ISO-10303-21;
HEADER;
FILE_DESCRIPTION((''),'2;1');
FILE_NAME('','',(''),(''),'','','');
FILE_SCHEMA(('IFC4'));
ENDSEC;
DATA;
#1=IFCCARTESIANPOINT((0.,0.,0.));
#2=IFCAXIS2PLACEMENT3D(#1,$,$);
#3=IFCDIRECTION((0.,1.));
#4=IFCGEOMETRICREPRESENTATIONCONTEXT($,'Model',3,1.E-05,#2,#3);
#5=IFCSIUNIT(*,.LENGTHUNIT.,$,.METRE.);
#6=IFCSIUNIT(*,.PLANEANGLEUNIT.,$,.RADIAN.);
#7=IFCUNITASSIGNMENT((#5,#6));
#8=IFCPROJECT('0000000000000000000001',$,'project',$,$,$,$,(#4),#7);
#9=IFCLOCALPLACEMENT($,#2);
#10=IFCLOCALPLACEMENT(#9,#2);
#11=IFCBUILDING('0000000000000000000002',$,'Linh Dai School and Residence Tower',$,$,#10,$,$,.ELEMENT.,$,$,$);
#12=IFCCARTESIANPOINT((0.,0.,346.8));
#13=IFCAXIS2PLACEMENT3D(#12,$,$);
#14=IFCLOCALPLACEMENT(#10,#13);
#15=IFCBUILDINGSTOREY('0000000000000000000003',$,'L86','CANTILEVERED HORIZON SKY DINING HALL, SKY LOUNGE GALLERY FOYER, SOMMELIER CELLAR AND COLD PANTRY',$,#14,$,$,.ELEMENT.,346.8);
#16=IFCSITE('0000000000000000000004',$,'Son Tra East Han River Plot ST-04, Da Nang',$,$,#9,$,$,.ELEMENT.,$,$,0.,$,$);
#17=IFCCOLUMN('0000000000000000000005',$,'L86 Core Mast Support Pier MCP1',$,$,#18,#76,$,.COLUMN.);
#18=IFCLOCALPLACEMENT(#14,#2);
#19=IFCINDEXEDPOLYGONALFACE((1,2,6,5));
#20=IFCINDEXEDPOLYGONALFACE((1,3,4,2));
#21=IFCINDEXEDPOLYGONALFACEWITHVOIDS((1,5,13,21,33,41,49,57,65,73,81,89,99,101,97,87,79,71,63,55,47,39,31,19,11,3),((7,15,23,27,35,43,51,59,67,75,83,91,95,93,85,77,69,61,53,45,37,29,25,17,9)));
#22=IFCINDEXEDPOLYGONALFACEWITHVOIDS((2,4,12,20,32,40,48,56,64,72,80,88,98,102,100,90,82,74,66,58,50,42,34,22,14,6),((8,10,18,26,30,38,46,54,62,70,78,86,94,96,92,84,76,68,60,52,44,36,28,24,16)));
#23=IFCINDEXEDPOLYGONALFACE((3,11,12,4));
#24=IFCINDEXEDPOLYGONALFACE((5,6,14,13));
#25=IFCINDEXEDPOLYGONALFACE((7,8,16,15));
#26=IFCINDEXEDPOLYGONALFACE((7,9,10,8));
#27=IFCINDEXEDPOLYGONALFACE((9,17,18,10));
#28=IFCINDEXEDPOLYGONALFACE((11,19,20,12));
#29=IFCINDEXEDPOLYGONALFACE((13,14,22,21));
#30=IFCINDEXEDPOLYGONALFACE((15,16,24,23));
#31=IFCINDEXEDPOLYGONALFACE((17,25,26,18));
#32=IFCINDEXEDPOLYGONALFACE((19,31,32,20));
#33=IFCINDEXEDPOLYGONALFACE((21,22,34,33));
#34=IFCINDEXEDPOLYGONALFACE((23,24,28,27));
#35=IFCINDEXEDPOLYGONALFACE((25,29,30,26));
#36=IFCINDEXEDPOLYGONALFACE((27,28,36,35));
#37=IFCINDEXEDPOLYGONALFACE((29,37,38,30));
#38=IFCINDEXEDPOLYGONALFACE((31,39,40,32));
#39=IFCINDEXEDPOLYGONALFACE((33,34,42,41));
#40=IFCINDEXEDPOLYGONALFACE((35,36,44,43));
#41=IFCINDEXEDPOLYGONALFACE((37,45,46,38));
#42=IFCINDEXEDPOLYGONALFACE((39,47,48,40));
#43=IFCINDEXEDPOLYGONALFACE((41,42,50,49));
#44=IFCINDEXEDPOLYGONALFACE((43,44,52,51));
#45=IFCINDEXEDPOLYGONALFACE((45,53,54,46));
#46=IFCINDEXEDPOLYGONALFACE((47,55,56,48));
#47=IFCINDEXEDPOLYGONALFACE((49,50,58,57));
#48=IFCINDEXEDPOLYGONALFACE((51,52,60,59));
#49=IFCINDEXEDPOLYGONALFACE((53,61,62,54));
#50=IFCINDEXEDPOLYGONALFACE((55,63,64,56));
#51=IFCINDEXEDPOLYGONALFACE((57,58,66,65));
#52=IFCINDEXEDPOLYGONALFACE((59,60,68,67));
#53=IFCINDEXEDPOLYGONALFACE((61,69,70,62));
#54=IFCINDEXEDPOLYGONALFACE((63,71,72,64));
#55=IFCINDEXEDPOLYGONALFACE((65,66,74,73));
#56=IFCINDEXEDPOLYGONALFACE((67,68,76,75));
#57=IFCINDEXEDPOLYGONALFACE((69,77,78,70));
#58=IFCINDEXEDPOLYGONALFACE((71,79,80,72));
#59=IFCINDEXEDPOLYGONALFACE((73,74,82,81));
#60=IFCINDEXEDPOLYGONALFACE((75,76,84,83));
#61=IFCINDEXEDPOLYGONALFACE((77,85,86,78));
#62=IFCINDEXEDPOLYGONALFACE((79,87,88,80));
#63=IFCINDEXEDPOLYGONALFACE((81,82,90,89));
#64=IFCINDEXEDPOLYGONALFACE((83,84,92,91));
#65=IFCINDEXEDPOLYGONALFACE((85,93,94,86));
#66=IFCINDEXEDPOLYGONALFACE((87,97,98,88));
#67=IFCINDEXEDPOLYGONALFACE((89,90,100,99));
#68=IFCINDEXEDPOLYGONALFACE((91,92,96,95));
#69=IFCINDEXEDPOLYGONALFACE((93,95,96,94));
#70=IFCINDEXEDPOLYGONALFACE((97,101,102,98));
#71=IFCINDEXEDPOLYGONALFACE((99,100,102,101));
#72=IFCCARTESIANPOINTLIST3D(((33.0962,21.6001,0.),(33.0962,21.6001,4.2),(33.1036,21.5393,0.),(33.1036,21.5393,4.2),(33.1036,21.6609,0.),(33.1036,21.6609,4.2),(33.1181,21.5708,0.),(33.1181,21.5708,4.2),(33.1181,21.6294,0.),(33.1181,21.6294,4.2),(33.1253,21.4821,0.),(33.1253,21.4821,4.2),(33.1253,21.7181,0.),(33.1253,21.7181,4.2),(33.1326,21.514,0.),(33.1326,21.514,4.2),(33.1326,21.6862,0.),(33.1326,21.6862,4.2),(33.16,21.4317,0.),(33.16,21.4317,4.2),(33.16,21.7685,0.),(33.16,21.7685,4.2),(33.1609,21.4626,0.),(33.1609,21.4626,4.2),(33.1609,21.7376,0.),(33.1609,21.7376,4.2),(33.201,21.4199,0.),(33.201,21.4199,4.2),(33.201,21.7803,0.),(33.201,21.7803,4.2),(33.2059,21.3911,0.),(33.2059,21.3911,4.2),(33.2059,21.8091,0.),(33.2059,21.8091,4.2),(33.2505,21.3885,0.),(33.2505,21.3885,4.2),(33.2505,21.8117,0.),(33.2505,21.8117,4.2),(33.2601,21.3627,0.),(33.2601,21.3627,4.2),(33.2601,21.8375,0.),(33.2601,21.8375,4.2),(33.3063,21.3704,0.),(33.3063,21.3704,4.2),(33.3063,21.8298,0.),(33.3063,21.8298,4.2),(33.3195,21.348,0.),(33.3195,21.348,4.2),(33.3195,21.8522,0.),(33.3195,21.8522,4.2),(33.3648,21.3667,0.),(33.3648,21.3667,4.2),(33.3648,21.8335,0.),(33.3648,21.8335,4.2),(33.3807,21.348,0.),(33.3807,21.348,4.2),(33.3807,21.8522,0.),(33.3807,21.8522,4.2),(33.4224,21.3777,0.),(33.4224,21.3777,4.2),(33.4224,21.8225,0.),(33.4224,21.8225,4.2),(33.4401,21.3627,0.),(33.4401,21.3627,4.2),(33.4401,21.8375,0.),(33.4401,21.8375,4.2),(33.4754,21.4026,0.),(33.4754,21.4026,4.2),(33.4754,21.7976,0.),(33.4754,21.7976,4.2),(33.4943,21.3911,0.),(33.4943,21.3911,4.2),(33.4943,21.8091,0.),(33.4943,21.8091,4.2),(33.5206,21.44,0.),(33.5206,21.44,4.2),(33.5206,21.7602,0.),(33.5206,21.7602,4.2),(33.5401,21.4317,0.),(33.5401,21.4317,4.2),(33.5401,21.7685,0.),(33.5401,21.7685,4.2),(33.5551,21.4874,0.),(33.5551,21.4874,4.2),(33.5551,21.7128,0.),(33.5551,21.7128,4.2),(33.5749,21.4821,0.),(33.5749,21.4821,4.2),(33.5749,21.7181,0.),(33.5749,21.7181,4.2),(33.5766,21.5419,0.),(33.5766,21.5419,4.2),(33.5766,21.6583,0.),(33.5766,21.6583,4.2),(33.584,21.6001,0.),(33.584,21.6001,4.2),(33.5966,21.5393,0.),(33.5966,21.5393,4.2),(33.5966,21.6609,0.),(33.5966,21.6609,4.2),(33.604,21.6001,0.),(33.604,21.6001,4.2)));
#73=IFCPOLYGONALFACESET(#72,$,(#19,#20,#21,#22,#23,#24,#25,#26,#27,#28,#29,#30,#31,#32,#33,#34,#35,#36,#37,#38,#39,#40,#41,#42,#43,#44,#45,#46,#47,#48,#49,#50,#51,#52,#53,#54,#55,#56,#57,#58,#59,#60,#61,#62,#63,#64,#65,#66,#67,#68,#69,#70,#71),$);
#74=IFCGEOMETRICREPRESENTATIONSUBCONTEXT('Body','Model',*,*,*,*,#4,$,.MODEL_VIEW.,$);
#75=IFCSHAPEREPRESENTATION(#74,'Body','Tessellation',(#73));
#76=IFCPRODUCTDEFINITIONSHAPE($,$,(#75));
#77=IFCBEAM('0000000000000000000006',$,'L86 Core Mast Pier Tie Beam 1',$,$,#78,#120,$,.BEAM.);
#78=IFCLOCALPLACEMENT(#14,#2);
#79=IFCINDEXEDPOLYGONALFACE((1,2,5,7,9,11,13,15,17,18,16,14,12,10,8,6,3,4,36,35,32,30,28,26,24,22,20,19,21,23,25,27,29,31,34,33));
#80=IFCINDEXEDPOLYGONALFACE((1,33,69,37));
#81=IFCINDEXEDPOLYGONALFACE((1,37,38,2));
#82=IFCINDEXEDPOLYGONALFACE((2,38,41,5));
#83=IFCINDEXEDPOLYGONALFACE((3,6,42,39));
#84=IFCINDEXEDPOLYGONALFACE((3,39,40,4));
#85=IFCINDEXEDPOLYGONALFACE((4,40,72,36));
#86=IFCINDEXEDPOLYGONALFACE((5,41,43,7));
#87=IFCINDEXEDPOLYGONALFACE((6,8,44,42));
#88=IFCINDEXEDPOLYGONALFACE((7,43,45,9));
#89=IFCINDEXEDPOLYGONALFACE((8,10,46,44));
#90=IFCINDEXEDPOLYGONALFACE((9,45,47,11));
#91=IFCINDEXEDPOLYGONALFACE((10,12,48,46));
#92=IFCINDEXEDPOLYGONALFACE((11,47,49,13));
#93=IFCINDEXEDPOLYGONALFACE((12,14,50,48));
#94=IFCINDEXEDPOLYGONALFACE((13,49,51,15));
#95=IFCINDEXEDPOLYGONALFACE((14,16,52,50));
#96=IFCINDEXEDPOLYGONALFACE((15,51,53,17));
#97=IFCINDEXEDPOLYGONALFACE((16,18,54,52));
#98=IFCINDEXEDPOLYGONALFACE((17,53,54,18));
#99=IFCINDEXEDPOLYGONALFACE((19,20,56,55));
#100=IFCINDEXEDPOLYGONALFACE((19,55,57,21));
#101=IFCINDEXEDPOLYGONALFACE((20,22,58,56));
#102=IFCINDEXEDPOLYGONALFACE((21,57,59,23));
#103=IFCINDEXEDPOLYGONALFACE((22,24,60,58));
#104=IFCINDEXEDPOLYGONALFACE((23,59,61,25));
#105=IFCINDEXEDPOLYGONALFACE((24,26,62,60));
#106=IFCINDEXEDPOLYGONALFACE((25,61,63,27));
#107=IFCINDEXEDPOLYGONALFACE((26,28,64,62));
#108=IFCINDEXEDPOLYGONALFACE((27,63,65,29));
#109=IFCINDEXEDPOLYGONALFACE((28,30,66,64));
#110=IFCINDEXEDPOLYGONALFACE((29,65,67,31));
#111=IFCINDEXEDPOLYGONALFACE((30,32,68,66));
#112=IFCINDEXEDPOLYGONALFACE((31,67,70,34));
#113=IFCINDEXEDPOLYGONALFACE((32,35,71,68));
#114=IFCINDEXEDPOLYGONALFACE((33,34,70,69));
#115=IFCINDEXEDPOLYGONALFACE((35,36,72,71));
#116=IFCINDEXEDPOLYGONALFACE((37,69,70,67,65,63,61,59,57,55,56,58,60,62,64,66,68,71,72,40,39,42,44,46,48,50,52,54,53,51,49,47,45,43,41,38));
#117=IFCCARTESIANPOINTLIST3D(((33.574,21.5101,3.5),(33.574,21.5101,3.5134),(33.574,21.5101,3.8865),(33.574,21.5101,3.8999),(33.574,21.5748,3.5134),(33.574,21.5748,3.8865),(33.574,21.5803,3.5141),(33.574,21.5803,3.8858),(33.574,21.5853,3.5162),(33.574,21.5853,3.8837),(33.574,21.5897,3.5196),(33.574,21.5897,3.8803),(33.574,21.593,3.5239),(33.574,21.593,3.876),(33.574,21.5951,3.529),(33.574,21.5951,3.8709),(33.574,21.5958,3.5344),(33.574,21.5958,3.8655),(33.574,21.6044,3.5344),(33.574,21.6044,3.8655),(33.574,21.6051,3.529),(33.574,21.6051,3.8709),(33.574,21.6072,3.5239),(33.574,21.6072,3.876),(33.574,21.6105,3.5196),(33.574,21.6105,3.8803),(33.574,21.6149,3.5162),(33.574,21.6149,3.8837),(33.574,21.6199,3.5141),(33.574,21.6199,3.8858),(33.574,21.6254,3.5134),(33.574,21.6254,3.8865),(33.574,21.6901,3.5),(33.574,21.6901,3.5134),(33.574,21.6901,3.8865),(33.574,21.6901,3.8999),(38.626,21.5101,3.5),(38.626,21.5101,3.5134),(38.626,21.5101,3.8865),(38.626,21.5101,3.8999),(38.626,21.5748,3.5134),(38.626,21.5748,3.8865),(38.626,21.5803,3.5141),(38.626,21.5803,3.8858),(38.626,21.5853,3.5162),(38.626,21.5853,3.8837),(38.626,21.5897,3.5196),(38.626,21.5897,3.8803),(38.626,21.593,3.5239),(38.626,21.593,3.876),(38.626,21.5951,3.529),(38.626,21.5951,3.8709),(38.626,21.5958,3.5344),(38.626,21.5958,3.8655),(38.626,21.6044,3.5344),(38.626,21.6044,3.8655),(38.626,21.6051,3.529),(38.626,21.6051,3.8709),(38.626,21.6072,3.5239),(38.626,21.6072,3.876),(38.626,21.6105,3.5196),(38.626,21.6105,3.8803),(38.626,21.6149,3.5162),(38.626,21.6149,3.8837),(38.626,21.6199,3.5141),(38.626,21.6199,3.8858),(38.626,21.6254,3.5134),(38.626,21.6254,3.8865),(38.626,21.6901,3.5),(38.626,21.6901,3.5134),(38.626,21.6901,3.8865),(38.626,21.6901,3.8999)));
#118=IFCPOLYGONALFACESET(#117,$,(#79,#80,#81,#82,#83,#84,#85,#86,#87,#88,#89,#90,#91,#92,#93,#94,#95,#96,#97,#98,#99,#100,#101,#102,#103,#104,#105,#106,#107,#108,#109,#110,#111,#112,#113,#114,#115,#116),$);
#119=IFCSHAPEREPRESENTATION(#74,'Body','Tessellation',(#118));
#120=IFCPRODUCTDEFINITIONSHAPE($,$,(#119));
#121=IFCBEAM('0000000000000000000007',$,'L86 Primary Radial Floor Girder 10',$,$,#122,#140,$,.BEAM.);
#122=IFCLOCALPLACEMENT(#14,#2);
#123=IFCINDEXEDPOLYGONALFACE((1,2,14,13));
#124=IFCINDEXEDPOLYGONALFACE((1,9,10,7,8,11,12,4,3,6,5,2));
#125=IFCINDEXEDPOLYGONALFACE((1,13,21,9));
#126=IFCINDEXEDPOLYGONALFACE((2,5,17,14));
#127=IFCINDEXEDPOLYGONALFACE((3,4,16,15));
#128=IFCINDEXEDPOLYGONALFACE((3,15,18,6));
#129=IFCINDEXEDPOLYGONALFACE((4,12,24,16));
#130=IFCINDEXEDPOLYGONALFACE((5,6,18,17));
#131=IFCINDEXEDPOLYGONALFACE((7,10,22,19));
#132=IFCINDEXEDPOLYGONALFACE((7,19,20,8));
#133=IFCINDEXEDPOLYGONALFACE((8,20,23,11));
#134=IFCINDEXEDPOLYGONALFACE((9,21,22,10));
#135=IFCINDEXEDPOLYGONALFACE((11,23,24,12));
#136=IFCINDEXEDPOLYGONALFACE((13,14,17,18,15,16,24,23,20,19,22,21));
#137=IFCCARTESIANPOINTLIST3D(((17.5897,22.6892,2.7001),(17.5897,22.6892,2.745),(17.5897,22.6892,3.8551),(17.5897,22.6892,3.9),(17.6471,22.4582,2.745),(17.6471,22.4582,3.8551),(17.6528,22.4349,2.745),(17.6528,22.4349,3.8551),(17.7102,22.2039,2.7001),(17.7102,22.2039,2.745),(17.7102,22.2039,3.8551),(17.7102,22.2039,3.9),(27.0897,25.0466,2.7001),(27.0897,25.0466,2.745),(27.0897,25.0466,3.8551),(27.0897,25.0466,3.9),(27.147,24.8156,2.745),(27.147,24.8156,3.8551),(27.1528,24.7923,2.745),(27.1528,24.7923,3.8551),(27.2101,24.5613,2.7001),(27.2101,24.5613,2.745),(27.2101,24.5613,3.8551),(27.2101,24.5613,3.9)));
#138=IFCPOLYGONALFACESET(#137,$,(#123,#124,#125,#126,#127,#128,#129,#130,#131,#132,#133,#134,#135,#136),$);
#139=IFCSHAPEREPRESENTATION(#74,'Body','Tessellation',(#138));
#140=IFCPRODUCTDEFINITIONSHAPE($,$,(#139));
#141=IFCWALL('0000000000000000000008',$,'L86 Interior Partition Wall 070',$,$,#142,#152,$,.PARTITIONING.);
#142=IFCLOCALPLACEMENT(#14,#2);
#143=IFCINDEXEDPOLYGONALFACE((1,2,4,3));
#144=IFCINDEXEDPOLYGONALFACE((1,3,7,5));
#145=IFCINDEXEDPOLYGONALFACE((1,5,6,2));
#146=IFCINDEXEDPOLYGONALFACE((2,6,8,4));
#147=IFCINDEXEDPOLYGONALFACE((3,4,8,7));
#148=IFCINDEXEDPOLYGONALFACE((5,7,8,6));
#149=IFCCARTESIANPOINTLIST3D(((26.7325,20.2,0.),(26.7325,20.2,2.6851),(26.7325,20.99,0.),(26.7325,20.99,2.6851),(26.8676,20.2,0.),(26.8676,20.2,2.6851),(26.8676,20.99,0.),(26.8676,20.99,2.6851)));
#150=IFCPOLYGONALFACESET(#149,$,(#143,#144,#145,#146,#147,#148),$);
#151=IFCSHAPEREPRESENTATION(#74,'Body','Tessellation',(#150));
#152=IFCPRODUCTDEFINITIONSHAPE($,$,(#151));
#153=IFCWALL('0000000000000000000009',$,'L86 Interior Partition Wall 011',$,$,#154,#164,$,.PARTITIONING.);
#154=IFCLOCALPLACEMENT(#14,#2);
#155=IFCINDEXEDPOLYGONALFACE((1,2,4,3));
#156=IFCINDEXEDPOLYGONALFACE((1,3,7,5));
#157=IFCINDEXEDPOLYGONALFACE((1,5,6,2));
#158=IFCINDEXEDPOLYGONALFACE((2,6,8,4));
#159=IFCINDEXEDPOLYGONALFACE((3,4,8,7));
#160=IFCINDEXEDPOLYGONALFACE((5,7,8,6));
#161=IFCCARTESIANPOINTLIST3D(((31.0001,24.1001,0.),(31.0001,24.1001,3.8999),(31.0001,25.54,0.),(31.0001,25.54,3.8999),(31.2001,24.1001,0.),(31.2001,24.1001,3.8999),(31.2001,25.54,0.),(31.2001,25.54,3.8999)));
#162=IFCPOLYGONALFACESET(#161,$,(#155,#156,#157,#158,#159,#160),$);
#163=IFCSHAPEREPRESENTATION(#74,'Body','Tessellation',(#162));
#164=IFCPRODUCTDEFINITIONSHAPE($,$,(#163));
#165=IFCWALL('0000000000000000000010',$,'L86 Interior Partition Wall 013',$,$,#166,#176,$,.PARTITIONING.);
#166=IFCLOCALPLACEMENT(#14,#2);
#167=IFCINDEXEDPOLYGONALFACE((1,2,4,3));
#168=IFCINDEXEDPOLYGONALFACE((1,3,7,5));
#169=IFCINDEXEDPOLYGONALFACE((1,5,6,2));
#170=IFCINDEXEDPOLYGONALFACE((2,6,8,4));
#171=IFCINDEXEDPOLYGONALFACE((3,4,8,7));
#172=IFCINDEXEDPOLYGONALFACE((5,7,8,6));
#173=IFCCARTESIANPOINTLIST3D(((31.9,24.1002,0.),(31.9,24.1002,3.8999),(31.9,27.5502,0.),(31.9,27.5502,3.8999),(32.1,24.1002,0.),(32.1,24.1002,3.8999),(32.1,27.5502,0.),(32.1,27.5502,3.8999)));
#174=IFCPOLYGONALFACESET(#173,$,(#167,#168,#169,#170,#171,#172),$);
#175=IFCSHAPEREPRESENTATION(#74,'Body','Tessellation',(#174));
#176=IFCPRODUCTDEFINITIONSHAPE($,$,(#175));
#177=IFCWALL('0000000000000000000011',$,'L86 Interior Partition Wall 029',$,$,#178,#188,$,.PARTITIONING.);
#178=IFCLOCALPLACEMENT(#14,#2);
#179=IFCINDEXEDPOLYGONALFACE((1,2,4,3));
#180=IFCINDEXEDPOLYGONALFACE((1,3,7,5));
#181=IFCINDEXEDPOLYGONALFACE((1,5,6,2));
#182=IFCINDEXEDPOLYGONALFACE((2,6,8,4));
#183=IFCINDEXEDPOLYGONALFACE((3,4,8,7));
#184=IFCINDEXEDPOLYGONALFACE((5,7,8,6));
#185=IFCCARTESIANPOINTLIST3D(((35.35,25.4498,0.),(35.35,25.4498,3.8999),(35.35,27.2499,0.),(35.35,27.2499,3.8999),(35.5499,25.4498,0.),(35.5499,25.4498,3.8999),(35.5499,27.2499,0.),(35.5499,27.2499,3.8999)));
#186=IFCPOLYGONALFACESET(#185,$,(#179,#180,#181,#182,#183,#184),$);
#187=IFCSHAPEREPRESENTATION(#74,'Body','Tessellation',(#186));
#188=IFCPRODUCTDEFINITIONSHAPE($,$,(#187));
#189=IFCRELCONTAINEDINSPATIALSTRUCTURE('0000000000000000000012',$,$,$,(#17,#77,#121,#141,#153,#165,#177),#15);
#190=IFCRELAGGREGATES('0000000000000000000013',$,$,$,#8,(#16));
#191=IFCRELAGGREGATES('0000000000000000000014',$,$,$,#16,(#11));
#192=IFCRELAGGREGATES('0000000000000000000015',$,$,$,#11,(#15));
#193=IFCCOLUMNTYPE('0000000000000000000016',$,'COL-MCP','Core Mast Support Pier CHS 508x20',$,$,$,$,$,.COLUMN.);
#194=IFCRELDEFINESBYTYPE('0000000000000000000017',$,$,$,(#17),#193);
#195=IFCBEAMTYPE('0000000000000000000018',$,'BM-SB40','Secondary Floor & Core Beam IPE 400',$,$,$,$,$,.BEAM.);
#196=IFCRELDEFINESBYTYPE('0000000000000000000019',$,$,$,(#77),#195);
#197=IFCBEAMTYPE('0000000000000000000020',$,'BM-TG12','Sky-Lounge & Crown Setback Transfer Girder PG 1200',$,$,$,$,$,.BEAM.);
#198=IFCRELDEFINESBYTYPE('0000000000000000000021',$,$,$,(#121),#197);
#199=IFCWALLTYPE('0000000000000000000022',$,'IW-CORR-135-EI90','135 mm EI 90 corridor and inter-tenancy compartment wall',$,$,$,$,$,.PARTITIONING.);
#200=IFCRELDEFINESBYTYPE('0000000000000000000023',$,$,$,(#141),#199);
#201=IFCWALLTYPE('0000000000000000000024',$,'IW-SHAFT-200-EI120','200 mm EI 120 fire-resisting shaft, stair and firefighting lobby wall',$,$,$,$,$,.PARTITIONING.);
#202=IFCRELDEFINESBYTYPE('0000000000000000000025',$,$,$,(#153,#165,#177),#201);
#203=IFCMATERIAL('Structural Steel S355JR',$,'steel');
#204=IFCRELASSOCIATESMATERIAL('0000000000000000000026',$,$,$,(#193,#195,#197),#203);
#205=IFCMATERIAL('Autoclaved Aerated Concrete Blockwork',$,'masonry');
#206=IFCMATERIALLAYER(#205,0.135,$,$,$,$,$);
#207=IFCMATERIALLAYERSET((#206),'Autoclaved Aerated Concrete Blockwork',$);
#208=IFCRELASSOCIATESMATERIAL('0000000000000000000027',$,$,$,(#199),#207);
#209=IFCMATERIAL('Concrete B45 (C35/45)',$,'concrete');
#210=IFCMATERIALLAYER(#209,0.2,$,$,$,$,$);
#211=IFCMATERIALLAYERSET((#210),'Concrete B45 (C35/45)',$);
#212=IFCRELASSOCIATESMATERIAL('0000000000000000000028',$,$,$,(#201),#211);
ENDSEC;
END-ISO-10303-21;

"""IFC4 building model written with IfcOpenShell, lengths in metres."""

from ifc_helpers import new_model, si_unit, direction, frame, frame_2d, origin, origin_2d, place, context, subcontext, project, spatial, rectangle, hollow_circle, i_section, extrude, material, layer, layer_set, material_profile, profile_set, type_object, element, save


model = new_model("IFC4")

# Units and contexts
model_context = context("Model", 3, precision=1e-05, world=origin(), true_north=direction((0.0, 1.0)))
body_context = subcontext(model_context, "Body", "Model", "MODEL_VIEW")
ifc_project = project(units=[si_unit("LENGTHUNIT", "METRE"), si_unit("PLANEANGLEUNIT", "RADIAN")], contexts=[model_context])

# Site, building, storey
site_placement = place(None, origin())
site = spatial("IfcSite", under=ifc_project, at=site_placement, Name="Son Tra East Han River Plot ST-04, Da Nang", CompositionType="ELEMENT", RefElevation=0.0)
building_placement = place(site_placement, origin())
building = spatial("IfcBuilding", under=site, at=building_placement, Name="Linh Dai School and Residence Tower", CompositionType="ELEMENT")
storey_placement = place(building_placement, frame((0.0, 0.0, 346.8)))
storey = spatial("IfcBuildingStorey", under=building, at=storey_placement, Name="L86", Description="CANTILEVERED HORIZON SKY DINING HALL, SKY LOUNGE GALLERY FOYER, SOMMELIER CELLAR AND COLD PANTRY", CompositionType="ELEMENT", Elevation=346.8)

# Column
ifc_material_1 = material(Name="Structural Steel S355JR", Category="steel")
ifc_material_profile_1 = material_profile(ifc_material_1, hollow_circle(Radius=0.2539, WallThickness=0.02, at=origin_2d()), Name="CHS 508x20")
ifc_profile_set_1 = profile_set([ifc_material_profile_1], Name="Structural Steel S355JR")
column_type = type_object("IfcColumnType", Name="COL-MCP", Description="Core Mast Support Pier CHS 508x20", PredefinedType="COLUMN", material=ifc_profile_set_1)
column_placement = place(storey_placement, frame((33.3501, 21.6001, 0.0), z_axis=(0.0, 0.0, 1.0), x_axis=(1.0, 0.0, 0.0)))
element("IfcColumn", 1, at=column_placement, inside=storey, type_object=column_type, Name="L86 Core Mast Support Pier MCP1", PredefinedType="COLUMN", context=body_context, shape_type="SweptSolid", body=[
    extrude(hollow_circle(Radius=0.2539, WallThickness=0.02, at=origin_2d()), origin(), (0.0, 0.0, 1.0), 4.2),
])

# Beams
ifc_material_profile_2 = material_profile(ifc_material_1, i_section(OverallWidth=0.1799, OverallDepth=0.3999, WebThickness=0.0085, FlangeThickness=0.0134, FilletRadius=0.021, at=origin_2d()), Name="IPE 400")
ifc_profile_set_2 = profile_set([ifc_material_profile_2], Name="Structural Steel S355JR")
beam_type_1 = type_object("IfcBeamType", Name="BM-SB40", Description="Secondary Floor & Core Beam IPE 400", PredefinedType="BEAM", material=ifc_profile_set_2)
beam_1_placement = place(storey_placement, frame((33.574, 21.6001, 3.7), z_axis=(1.0, 0.0, 0.0), x_axis=(0.0, 1.0, 0.0)))
element("IfcBeam", 2, at=beam_1_placement, inside=storey, type_object=beam_type_1, Name="L86 Core Mast Pier Tie Beam 1", PredefinedType="BEAM", context=body_context, shape_type="SweptSolid", body=[
    extrude(i_section(OverallWidth=0.1799, OverallDepth=0.3999, WebThickness=0.0085, FlangeThickness=0.0134, FilletRadius=0.021, at=origin_2d()), origin(), (0.0, 0.0, 1.0), 5.052),
])
ifc_material_profile_3 = material_profile(ifc_material_1, i_section(OverallWidth=0.5, OverallDepth=1.2, WebThickness=0.0239, FlangeThickness=0.0449, at=origin_2d()), Name="PG 1200x500x24x45")
ifc_profile_set_3 = profile_set([ifc_material_profile_3], Name="Structural Steel S355JR")
beam_type_2 = type_object("IfcBeamType", Name="BM-TG12", Description="Sky-Lounge & Crown Setback Transfer Girder PG 1200", PredefinedType="BEAM", material=ifc_profile_set_3)
beam_2_placement = place(storey_placement, frame((27.1499, 24.804, 3.3), z_axis=(-0.970564, -0.240845, 0.0), x_axis=(0.240845, -0.970564, 0.0)))
element("IfcBeam", 3, at=beam_2_placement, inside=storey, type_object=beam_type_2, Name="L86 Primary Radial Floor Girder 10", PredefinedType="BEAM", context=body_context, shape_type="SweptSolid", body=[
    extrude(i_section(OverallWidth=0.5, OverallDepth=1.2, WebThickness=0.0239, FlangeThickness=0.0449, at=origin_2d()), origin(), (0.0, 0.0, 1.0), 9.7881),
])

# Shared definitions
ifc_material_2 = material(Name="Autoclaved Aerated Concrete Blockwork", Category="masonry")
ifc_layer_1 = layer(ifc_material_2, 0.135)
ifc_layer_set_1 = layer_set([ifc_layer_1], Name="Autoclaved Aerated Concrete Blockwork")
wall_type_1 = type_object("IfcWallType", Name="IW-CORR-135-EI90", Description="135 mm EI 90 corridor and inter-tenancy compartment wall", PredefinedType="PARTITIONING", material=ifc_layer_set_1)

# Wall
wall_1_placement = place(storey_placement, frame((26.8, 20.99, 0.0), z_axis=(0.0, 0.0, 1.0), x_axis=(0.0, -1.0, 0.0)))
element("IfcWall", 4, at=wall_1_placement, inside=storey, type_object=wall_type_1, Name="L86 Interior Partition Wall 070", PredefinedType="PARTITIONING", context=body_context, shape_type="SweptSolid", body=[
    extrude(rectangle(XDim=0.79, YDim=0.135, at=frame_2d((0.395, 0.0))), origin(), (0.0, 0.0, 1.0), 2.6851),
])

# Shared definitions
ifc_material_3 = material(Name="Concrete B45 (C35/45)", Category="concrete")
ifc_layer_2 = layer(ifc_material_3, 0.2)
ifc_layer_set_2 = layer_set([ifc_layer_2], Name="Concrete B45 (C35/45)")
wall_type_2 = type_object("IfcWallType", Name="IW-SHAFT-200-EI120", Description="200 mm EI 120 fire-resisting shaft, stair and firefighting lobby wall", PredefinedType="PARTITIONING", material=ifc_layer_set_2)

# Walls
wall_2_placement = place(storey_placement, frame((31.1001, 24.1001, 0.0), z_axis=(0.0, 0.0, 1.0), x_axis=(0.0, 1.0, 0.0)))
element("IfcWall", 5, at=wall_2_placement, inside=storey, type_object=wall_type_2, Name="L86 Interior Partition Wall 011", PredefinedType="PARTITIONING", context=body_context, shape_type="SweptSolid", body=[
    extrude(rectangle(XDim=1.4399, YDim=0.2, at=frame_2d((0.72, 0.0))), origin(), (0.0, 0.0, 1.0), 3.8999),
])
wall_3_placement = place(storey_placement, frame((32.0, 24.1001, 0.0), z_axis=(0.0, 0.0, 1.0), x_axis=(0.0, 1.0, 0.0)))
element("IfcWall", 6, at=wall_3_placement, inside=storey, type_object=wall_type_2, Name="L86 Interior Partition Wall 013", PredefinedType="PARTITIONING", context=body_context, shape_type="SweptSolid", body=[
    extrude(rectangle(XDim=3.45, YDim=0.2, at=frame_2d((1.7251, 0.0))), origin(), (0.0, 0.0, 1.0), 3.8999),
])

# Wall
wall_4_placement = place(storey_placement, frame((35.45, 25.45, 0.0), z_axis=(0.0, 0.0, 1.0), x_axis=(0.0, 1.0, 0.0)))
element("IfcWall", 7, at=wall_4_placement, inside=storey, type_object=wall_type_2, Name="L86 Interior Partition Wall 029", PredefinedType="PARTITIONING", context=body_context, shape_type="SweptSolid", body=[
    extrude(rectangle(XDim=1.8, YDim=0.2, at=frame_2d((0.8999, 0.0))), origin(), (0.0, 0.0, 1.0), 3.8999),
])

save(model, "model.ifc")
